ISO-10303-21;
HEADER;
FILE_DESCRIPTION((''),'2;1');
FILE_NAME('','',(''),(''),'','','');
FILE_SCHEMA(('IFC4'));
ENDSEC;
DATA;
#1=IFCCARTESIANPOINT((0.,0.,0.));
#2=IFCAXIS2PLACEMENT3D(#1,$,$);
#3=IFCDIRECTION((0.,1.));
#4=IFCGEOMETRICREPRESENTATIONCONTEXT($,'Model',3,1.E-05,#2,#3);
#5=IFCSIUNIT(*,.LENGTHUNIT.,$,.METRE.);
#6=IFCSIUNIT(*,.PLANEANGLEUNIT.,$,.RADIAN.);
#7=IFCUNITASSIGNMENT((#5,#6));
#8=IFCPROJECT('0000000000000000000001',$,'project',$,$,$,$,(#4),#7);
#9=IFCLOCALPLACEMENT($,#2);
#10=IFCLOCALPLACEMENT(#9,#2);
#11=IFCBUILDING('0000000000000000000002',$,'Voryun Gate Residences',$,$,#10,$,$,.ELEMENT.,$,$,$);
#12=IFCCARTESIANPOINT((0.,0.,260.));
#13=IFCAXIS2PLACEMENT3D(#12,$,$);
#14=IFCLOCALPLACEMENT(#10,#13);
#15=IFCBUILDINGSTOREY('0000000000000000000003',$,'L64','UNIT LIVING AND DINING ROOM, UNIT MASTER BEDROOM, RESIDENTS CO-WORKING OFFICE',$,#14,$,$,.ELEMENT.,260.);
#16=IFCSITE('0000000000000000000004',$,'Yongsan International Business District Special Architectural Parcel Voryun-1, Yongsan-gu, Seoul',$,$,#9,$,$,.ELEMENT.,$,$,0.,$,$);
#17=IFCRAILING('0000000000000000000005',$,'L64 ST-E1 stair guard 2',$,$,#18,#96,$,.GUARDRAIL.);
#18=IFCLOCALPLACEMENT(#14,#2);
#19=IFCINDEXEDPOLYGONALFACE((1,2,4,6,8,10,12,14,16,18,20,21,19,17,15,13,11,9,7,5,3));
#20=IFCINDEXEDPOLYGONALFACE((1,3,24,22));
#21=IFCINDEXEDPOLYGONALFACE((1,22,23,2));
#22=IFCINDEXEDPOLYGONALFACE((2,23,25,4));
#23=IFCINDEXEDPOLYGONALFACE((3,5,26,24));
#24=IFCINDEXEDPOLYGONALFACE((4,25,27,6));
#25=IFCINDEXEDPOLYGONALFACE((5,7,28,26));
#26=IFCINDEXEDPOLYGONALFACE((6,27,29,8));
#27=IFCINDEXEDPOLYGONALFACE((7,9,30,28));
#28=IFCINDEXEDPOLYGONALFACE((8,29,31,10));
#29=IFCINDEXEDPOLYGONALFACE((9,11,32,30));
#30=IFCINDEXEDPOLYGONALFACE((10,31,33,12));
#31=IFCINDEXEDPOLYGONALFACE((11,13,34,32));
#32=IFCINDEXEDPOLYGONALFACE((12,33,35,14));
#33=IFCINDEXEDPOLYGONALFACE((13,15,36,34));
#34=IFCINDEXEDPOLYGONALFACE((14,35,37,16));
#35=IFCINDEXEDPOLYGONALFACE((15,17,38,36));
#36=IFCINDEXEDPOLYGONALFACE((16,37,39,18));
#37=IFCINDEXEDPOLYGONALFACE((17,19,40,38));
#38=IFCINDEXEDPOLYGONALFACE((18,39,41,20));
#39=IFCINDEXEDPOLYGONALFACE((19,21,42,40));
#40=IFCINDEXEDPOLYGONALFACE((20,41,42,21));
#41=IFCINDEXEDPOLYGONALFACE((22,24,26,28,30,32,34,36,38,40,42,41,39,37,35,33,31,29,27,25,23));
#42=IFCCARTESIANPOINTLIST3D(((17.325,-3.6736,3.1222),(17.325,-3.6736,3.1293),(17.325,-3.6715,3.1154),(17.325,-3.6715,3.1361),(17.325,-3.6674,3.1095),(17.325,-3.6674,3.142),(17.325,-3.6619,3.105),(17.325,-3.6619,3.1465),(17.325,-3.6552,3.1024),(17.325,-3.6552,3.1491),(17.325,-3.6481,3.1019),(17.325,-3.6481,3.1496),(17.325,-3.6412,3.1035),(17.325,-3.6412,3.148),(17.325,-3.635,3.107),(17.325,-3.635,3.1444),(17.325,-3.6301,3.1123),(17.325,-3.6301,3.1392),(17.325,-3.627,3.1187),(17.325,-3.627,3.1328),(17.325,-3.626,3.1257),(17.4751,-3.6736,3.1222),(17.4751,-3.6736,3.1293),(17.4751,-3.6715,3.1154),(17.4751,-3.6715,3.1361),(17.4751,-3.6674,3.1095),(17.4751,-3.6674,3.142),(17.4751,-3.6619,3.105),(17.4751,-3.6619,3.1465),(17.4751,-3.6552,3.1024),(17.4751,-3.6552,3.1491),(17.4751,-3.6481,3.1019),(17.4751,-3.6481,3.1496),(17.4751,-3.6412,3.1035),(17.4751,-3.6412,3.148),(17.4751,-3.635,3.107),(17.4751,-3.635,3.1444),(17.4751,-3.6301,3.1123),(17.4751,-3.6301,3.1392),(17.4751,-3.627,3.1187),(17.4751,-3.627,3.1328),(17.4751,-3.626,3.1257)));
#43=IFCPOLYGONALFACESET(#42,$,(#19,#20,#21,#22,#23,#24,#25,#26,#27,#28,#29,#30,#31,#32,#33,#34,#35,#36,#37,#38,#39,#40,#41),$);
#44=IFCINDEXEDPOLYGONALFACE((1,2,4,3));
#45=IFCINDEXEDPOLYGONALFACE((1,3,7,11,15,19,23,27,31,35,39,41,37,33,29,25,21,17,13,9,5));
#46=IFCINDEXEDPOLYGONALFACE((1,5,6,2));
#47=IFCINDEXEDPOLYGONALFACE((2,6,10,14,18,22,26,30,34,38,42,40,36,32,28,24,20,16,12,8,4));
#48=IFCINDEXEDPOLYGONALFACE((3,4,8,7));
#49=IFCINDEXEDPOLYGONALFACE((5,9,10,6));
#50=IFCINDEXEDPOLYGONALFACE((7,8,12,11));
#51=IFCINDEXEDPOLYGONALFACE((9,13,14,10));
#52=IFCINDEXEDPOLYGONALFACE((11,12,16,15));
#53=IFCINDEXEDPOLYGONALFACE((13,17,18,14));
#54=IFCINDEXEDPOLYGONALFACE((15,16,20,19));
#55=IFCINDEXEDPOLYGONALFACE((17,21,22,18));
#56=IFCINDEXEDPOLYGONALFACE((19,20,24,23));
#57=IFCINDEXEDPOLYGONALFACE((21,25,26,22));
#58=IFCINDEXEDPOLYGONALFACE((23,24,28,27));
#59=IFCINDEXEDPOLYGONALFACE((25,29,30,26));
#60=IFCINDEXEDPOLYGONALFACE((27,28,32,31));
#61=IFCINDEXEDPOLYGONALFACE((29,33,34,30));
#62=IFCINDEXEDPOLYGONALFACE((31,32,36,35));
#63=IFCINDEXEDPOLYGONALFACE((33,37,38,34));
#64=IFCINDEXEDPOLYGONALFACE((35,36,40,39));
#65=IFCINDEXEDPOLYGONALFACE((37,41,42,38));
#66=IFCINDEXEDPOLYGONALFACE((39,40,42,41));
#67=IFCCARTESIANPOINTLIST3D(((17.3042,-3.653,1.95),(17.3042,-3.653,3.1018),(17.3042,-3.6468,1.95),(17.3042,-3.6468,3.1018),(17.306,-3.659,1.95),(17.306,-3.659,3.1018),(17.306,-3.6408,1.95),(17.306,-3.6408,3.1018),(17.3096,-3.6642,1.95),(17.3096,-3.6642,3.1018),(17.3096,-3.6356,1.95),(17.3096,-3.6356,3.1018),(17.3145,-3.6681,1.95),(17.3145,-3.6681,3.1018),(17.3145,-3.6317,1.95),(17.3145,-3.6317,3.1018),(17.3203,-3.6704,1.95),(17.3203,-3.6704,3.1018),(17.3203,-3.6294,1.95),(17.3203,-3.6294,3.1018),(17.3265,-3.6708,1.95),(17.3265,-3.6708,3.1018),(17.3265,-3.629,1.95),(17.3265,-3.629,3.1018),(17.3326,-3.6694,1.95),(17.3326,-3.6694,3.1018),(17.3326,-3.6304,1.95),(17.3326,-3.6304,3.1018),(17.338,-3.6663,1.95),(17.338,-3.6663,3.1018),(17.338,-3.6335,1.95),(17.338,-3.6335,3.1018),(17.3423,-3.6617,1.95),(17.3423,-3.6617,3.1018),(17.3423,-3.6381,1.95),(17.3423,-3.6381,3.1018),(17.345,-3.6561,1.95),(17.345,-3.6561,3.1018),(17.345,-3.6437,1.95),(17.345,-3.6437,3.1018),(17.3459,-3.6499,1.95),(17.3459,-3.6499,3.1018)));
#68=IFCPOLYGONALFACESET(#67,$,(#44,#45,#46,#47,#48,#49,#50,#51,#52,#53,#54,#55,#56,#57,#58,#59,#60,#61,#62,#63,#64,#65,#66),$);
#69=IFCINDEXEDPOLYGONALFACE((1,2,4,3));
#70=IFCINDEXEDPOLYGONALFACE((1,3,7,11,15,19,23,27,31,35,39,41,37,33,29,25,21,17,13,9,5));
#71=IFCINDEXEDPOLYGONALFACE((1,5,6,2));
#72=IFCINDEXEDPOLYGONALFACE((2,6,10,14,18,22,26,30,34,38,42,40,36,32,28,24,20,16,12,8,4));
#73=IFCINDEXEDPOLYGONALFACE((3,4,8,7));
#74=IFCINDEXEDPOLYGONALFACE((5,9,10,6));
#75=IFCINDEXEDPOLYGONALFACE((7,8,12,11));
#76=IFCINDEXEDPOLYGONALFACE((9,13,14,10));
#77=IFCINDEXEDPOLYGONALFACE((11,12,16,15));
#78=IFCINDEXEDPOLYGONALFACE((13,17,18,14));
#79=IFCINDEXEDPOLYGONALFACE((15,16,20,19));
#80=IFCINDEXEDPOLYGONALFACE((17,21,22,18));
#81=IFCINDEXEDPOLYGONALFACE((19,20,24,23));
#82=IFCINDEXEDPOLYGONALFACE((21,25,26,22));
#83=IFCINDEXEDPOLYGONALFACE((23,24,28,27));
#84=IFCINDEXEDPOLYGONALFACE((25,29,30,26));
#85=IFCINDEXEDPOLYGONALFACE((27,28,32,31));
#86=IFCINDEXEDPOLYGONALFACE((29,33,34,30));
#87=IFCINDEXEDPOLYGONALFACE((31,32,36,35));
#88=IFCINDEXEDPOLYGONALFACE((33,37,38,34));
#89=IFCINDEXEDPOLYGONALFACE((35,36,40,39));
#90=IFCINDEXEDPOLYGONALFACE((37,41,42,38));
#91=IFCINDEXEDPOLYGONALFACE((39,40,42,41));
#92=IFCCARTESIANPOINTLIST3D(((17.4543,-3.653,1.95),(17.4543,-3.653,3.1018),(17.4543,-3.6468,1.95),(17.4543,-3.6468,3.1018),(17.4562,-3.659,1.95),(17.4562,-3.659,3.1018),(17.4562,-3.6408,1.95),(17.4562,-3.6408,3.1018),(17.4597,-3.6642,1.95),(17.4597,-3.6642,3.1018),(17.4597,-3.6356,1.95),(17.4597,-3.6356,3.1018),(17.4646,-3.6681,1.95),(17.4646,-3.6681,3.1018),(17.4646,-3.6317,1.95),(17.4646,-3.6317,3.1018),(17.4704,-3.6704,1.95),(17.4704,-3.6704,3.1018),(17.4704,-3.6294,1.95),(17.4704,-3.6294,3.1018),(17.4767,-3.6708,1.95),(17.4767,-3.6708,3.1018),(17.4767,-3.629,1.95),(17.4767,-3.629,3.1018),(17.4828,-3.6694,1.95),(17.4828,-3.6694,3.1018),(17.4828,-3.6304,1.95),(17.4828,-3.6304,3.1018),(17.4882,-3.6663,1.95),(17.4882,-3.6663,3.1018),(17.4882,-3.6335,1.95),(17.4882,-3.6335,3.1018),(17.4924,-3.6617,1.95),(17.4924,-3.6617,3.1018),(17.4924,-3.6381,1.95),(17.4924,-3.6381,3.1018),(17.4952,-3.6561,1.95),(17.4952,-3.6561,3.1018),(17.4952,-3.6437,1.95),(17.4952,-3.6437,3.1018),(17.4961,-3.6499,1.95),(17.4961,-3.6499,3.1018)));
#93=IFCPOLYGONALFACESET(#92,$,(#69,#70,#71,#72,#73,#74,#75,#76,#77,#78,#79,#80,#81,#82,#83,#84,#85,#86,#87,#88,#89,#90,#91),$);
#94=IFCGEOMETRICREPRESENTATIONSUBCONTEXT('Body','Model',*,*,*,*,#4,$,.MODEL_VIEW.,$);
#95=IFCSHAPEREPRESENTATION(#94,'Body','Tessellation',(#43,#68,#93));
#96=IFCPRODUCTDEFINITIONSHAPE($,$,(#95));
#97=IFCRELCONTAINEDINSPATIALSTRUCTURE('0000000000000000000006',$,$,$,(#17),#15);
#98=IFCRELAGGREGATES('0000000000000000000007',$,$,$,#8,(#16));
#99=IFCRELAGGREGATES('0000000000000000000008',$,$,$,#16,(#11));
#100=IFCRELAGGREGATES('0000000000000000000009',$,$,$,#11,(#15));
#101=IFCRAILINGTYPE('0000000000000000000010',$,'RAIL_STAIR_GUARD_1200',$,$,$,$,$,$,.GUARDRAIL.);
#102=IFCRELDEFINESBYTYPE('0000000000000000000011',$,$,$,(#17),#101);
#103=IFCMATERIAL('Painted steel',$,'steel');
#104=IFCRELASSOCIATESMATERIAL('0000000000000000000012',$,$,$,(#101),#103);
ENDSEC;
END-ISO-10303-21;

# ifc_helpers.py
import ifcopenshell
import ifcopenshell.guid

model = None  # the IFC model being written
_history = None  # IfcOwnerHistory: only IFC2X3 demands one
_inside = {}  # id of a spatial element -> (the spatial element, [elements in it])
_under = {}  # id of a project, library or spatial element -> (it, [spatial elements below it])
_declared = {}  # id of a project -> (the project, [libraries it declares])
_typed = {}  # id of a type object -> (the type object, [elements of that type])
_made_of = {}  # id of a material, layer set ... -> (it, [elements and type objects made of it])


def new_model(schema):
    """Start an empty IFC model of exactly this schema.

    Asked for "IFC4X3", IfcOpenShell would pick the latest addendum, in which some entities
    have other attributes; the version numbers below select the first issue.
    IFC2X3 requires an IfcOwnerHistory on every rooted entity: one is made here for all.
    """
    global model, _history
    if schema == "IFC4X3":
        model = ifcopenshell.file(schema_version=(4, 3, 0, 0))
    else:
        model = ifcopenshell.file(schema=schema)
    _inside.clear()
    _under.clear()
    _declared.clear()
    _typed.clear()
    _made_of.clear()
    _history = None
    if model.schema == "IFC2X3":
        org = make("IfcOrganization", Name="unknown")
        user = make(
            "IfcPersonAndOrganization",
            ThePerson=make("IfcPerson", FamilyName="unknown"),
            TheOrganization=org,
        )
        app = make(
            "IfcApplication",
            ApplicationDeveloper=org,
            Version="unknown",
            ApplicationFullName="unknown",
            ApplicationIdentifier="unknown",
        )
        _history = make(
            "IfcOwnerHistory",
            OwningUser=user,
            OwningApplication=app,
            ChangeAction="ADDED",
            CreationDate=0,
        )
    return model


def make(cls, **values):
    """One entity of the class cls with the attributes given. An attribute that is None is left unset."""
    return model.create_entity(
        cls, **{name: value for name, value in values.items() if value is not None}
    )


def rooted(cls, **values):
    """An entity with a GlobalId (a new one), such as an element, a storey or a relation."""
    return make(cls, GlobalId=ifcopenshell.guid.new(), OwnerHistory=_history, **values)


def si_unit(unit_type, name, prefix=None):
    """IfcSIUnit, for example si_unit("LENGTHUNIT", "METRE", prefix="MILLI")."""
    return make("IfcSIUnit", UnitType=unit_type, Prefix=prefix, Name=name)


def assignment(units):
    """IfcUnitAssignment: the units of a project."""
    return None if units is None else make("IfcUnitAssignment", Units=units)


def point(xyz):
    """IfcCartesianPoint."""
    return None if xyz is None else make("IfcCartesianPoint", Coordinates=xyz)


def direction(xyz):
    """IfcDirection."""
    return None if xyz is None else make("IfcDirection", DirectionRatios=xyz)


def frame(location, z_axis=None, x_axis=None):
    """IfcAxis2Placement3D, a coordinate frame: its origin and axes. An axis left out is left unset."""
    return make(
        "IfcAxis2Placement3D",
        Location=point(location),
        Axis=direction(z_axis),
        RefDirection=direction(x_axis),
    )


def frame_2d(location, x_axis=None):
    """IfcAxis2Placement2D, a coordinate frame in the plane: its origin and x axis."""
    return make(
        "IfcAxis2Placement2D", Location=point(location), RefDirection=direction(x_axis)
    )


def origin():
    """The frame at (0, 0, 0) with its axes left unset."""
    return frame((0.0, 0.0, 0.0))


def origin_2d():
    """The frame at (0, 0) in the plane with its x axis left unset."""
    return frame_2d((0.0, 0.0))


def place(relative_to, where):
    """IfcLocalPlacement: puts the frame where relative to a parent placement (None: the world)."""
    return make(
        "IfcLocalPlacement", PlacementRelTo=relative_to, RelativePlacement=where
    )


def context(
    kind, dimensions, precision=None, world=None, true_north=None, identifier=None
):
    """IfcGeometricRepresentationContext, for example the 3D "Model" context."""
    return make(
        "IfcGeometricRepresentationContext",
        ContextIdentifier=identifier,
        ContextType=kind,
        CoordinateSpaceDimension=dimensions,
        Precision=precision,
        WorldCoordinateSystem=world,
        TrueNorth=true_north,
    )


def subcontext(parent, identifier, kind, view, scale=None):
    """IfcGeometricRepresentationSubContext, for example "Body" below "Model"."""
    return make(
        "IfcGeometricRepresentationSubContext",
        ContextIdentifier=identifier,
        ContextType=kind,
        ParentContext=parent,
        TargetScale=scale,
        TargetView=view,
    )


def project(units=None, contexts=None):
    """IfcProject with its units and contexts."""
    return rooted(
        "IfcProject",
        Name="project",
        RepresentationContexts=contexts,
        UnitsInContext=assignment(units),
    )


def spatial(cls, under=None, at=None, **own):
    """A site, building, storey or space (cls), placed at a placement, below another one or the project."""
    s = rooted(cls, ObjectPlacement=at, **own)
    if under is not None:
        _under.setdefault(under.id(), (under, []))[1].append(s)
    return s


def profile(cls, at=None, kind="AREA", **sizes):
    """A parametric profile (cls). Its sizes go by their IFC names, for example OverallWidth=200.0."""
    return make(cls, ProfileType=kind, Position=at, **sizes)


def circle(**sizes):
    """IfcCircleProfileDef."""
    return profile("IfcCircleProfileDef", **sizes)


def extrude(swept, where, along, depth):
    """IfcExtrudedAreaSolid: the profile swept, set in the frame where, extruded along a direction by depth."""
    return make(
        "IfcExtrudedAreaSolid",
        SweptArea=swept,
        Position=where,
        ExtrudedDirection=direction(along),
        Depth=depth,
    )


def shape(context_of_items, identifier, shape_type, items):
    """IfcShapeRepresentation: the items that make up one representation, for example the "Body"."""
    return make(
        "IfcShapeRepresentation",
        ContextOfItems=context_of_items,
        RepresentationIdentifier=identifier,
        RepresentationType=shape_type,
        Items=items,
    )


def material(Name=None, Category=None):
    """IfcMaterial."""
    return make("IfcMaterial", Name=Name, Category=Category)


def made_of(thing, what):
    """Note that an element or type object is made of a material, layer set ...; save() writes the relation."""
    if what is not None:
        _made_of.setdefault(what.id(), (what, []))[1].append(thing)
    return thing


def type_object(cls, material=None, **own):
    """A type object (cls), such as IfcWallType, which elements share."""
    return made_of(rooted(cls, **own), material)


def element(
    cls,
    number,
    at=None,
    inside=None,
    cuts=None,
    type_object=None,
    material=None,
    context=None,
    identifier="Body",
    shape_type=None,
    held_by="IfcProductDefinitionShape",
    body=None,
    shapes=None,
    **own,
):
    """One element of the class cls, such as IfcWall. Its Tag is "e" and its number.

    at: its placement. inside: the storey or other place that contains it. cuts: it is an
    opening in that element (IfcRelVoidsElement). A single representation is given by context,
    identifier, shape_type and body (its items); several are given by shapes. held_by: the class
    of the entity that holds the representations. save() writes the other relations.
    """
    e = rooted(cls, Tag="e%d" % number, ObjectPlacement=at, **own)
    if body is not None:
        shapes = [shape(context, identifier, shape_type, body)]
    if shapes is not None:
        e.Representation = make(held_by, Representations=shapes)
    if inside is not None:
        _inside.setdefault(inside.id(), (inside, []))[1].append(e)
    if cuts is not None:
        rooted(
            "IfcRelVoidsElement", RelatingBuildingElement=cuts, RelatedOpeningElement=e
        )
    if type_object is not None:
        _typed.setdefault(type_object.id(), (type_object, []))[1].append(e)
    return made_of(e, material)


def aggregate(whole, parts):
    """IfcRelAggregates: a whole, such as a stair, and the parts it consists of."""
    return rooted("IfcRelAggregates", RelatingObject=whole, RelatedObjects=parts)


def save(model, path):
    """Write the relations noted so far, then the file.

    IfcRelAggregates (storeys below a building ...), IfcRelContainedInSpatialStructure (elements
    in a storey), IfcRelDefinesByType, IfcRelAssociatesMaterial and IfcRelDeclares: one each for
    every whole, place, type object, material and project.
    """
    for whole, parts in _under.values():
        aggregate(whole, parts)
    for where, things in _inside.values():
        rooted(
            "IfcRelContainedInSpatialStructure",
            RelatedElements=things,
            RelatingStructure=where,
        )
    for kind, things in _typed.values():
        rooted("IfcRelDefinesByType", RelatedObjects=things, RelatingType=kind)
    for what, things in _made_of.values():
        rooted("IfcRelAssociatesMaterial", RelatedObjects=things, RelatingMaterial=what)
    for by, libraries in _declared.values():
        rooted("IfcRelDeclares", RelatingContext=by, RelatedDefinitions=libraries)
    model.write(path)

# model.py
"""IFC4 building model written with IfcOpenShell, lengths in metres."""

from ifc_helpers import new_model, si_unit, direction, frame, origin, origin_2d, place, context, subcontext, project, spatial, circle, extrude, material, type_object, element, save


model = new_model("IFC4")

# Units and contexts
model_context = context("Model", 3, precision=1e-05, world=origin(), true_north=direction((0.0, 1.0)))
body_context = subcontext(model_context, "Body", "Model", "MODEL_VIEW")
ifc_project = project(units=[si_unit("LENGTHUNIT", "METRE"), si_unit("PLANEANGLEUNIT", "RADIAN")], contexts=[model_context])

# Site, building, storey
site_placement = place(None, origin())
site = spatial("IfcSite", under=ifc_project, at=site_placement, Name="Yongsan International Business District Special Architectural Parcel Voryun-1, Yongsan-gu, Seoul", CompositionType="ELEMENT", RefElevation=0.0)
building_placement = place(site_placement, origin())
building = spatial("IfcBuilding", under=site, at=building_placement, Name="Voryun Gate Residences", CompositionType="ELEMENT")
storey_placement = place(building_placement, frame((0.0, 0.0, 260.0)))
storey = spatial("IfcBuildingStorey", under=building, at=storey_placement, Name="L64", Description="UNIT LIVING AND DINING ROOM, UNIT MASTER BEDROOM, RESIDENTS CO-WORKING OFFICE", CompositionType="ELEMENT", Elevation=260.0)

# Railing
ifc_material_1 = material(Name="Painted steel", Category="steel")
railing_type_1 = type_object("IfcRailingType", Name="RAIL_STAIR_GUARD_1200", PredefinedType="GUARDRAIL", material=ifc_material_1)
railing_1_placement = place(storey_placement, frame((17.325, -3.6499, 1.95)))
element("IfcRailing", 1, at=railing_1_placement, inside=storey, type_object=railing_type_1, Name="L64 ST-E1 stair guard 2", PredefinedType="GUARDRAIL", context=body_context, shape_type="SweptSolid", body=[
    extrude(circle(Radius=0.0239, at=origin_2d()), frame((0.0, 0.0, 1.1758), z_axis=(1.0, 0.0, 0.0), x_axis=(0.0, 1.0, 0.0)), (0.0, 0.0, 1.0), 0.1501),
    extrude(circle(Radius=0.021, at=origin_2d()), origin(), (0.0, 0.0, 1.0), 1.1519),
    extrude(circle(Radius=0.021, at=origin_2d()), frame((0.1501, 0.0, 0.0)), (0.0, 0.0, 1.0), 1.1519),
])

save(model, "model.ifc")
